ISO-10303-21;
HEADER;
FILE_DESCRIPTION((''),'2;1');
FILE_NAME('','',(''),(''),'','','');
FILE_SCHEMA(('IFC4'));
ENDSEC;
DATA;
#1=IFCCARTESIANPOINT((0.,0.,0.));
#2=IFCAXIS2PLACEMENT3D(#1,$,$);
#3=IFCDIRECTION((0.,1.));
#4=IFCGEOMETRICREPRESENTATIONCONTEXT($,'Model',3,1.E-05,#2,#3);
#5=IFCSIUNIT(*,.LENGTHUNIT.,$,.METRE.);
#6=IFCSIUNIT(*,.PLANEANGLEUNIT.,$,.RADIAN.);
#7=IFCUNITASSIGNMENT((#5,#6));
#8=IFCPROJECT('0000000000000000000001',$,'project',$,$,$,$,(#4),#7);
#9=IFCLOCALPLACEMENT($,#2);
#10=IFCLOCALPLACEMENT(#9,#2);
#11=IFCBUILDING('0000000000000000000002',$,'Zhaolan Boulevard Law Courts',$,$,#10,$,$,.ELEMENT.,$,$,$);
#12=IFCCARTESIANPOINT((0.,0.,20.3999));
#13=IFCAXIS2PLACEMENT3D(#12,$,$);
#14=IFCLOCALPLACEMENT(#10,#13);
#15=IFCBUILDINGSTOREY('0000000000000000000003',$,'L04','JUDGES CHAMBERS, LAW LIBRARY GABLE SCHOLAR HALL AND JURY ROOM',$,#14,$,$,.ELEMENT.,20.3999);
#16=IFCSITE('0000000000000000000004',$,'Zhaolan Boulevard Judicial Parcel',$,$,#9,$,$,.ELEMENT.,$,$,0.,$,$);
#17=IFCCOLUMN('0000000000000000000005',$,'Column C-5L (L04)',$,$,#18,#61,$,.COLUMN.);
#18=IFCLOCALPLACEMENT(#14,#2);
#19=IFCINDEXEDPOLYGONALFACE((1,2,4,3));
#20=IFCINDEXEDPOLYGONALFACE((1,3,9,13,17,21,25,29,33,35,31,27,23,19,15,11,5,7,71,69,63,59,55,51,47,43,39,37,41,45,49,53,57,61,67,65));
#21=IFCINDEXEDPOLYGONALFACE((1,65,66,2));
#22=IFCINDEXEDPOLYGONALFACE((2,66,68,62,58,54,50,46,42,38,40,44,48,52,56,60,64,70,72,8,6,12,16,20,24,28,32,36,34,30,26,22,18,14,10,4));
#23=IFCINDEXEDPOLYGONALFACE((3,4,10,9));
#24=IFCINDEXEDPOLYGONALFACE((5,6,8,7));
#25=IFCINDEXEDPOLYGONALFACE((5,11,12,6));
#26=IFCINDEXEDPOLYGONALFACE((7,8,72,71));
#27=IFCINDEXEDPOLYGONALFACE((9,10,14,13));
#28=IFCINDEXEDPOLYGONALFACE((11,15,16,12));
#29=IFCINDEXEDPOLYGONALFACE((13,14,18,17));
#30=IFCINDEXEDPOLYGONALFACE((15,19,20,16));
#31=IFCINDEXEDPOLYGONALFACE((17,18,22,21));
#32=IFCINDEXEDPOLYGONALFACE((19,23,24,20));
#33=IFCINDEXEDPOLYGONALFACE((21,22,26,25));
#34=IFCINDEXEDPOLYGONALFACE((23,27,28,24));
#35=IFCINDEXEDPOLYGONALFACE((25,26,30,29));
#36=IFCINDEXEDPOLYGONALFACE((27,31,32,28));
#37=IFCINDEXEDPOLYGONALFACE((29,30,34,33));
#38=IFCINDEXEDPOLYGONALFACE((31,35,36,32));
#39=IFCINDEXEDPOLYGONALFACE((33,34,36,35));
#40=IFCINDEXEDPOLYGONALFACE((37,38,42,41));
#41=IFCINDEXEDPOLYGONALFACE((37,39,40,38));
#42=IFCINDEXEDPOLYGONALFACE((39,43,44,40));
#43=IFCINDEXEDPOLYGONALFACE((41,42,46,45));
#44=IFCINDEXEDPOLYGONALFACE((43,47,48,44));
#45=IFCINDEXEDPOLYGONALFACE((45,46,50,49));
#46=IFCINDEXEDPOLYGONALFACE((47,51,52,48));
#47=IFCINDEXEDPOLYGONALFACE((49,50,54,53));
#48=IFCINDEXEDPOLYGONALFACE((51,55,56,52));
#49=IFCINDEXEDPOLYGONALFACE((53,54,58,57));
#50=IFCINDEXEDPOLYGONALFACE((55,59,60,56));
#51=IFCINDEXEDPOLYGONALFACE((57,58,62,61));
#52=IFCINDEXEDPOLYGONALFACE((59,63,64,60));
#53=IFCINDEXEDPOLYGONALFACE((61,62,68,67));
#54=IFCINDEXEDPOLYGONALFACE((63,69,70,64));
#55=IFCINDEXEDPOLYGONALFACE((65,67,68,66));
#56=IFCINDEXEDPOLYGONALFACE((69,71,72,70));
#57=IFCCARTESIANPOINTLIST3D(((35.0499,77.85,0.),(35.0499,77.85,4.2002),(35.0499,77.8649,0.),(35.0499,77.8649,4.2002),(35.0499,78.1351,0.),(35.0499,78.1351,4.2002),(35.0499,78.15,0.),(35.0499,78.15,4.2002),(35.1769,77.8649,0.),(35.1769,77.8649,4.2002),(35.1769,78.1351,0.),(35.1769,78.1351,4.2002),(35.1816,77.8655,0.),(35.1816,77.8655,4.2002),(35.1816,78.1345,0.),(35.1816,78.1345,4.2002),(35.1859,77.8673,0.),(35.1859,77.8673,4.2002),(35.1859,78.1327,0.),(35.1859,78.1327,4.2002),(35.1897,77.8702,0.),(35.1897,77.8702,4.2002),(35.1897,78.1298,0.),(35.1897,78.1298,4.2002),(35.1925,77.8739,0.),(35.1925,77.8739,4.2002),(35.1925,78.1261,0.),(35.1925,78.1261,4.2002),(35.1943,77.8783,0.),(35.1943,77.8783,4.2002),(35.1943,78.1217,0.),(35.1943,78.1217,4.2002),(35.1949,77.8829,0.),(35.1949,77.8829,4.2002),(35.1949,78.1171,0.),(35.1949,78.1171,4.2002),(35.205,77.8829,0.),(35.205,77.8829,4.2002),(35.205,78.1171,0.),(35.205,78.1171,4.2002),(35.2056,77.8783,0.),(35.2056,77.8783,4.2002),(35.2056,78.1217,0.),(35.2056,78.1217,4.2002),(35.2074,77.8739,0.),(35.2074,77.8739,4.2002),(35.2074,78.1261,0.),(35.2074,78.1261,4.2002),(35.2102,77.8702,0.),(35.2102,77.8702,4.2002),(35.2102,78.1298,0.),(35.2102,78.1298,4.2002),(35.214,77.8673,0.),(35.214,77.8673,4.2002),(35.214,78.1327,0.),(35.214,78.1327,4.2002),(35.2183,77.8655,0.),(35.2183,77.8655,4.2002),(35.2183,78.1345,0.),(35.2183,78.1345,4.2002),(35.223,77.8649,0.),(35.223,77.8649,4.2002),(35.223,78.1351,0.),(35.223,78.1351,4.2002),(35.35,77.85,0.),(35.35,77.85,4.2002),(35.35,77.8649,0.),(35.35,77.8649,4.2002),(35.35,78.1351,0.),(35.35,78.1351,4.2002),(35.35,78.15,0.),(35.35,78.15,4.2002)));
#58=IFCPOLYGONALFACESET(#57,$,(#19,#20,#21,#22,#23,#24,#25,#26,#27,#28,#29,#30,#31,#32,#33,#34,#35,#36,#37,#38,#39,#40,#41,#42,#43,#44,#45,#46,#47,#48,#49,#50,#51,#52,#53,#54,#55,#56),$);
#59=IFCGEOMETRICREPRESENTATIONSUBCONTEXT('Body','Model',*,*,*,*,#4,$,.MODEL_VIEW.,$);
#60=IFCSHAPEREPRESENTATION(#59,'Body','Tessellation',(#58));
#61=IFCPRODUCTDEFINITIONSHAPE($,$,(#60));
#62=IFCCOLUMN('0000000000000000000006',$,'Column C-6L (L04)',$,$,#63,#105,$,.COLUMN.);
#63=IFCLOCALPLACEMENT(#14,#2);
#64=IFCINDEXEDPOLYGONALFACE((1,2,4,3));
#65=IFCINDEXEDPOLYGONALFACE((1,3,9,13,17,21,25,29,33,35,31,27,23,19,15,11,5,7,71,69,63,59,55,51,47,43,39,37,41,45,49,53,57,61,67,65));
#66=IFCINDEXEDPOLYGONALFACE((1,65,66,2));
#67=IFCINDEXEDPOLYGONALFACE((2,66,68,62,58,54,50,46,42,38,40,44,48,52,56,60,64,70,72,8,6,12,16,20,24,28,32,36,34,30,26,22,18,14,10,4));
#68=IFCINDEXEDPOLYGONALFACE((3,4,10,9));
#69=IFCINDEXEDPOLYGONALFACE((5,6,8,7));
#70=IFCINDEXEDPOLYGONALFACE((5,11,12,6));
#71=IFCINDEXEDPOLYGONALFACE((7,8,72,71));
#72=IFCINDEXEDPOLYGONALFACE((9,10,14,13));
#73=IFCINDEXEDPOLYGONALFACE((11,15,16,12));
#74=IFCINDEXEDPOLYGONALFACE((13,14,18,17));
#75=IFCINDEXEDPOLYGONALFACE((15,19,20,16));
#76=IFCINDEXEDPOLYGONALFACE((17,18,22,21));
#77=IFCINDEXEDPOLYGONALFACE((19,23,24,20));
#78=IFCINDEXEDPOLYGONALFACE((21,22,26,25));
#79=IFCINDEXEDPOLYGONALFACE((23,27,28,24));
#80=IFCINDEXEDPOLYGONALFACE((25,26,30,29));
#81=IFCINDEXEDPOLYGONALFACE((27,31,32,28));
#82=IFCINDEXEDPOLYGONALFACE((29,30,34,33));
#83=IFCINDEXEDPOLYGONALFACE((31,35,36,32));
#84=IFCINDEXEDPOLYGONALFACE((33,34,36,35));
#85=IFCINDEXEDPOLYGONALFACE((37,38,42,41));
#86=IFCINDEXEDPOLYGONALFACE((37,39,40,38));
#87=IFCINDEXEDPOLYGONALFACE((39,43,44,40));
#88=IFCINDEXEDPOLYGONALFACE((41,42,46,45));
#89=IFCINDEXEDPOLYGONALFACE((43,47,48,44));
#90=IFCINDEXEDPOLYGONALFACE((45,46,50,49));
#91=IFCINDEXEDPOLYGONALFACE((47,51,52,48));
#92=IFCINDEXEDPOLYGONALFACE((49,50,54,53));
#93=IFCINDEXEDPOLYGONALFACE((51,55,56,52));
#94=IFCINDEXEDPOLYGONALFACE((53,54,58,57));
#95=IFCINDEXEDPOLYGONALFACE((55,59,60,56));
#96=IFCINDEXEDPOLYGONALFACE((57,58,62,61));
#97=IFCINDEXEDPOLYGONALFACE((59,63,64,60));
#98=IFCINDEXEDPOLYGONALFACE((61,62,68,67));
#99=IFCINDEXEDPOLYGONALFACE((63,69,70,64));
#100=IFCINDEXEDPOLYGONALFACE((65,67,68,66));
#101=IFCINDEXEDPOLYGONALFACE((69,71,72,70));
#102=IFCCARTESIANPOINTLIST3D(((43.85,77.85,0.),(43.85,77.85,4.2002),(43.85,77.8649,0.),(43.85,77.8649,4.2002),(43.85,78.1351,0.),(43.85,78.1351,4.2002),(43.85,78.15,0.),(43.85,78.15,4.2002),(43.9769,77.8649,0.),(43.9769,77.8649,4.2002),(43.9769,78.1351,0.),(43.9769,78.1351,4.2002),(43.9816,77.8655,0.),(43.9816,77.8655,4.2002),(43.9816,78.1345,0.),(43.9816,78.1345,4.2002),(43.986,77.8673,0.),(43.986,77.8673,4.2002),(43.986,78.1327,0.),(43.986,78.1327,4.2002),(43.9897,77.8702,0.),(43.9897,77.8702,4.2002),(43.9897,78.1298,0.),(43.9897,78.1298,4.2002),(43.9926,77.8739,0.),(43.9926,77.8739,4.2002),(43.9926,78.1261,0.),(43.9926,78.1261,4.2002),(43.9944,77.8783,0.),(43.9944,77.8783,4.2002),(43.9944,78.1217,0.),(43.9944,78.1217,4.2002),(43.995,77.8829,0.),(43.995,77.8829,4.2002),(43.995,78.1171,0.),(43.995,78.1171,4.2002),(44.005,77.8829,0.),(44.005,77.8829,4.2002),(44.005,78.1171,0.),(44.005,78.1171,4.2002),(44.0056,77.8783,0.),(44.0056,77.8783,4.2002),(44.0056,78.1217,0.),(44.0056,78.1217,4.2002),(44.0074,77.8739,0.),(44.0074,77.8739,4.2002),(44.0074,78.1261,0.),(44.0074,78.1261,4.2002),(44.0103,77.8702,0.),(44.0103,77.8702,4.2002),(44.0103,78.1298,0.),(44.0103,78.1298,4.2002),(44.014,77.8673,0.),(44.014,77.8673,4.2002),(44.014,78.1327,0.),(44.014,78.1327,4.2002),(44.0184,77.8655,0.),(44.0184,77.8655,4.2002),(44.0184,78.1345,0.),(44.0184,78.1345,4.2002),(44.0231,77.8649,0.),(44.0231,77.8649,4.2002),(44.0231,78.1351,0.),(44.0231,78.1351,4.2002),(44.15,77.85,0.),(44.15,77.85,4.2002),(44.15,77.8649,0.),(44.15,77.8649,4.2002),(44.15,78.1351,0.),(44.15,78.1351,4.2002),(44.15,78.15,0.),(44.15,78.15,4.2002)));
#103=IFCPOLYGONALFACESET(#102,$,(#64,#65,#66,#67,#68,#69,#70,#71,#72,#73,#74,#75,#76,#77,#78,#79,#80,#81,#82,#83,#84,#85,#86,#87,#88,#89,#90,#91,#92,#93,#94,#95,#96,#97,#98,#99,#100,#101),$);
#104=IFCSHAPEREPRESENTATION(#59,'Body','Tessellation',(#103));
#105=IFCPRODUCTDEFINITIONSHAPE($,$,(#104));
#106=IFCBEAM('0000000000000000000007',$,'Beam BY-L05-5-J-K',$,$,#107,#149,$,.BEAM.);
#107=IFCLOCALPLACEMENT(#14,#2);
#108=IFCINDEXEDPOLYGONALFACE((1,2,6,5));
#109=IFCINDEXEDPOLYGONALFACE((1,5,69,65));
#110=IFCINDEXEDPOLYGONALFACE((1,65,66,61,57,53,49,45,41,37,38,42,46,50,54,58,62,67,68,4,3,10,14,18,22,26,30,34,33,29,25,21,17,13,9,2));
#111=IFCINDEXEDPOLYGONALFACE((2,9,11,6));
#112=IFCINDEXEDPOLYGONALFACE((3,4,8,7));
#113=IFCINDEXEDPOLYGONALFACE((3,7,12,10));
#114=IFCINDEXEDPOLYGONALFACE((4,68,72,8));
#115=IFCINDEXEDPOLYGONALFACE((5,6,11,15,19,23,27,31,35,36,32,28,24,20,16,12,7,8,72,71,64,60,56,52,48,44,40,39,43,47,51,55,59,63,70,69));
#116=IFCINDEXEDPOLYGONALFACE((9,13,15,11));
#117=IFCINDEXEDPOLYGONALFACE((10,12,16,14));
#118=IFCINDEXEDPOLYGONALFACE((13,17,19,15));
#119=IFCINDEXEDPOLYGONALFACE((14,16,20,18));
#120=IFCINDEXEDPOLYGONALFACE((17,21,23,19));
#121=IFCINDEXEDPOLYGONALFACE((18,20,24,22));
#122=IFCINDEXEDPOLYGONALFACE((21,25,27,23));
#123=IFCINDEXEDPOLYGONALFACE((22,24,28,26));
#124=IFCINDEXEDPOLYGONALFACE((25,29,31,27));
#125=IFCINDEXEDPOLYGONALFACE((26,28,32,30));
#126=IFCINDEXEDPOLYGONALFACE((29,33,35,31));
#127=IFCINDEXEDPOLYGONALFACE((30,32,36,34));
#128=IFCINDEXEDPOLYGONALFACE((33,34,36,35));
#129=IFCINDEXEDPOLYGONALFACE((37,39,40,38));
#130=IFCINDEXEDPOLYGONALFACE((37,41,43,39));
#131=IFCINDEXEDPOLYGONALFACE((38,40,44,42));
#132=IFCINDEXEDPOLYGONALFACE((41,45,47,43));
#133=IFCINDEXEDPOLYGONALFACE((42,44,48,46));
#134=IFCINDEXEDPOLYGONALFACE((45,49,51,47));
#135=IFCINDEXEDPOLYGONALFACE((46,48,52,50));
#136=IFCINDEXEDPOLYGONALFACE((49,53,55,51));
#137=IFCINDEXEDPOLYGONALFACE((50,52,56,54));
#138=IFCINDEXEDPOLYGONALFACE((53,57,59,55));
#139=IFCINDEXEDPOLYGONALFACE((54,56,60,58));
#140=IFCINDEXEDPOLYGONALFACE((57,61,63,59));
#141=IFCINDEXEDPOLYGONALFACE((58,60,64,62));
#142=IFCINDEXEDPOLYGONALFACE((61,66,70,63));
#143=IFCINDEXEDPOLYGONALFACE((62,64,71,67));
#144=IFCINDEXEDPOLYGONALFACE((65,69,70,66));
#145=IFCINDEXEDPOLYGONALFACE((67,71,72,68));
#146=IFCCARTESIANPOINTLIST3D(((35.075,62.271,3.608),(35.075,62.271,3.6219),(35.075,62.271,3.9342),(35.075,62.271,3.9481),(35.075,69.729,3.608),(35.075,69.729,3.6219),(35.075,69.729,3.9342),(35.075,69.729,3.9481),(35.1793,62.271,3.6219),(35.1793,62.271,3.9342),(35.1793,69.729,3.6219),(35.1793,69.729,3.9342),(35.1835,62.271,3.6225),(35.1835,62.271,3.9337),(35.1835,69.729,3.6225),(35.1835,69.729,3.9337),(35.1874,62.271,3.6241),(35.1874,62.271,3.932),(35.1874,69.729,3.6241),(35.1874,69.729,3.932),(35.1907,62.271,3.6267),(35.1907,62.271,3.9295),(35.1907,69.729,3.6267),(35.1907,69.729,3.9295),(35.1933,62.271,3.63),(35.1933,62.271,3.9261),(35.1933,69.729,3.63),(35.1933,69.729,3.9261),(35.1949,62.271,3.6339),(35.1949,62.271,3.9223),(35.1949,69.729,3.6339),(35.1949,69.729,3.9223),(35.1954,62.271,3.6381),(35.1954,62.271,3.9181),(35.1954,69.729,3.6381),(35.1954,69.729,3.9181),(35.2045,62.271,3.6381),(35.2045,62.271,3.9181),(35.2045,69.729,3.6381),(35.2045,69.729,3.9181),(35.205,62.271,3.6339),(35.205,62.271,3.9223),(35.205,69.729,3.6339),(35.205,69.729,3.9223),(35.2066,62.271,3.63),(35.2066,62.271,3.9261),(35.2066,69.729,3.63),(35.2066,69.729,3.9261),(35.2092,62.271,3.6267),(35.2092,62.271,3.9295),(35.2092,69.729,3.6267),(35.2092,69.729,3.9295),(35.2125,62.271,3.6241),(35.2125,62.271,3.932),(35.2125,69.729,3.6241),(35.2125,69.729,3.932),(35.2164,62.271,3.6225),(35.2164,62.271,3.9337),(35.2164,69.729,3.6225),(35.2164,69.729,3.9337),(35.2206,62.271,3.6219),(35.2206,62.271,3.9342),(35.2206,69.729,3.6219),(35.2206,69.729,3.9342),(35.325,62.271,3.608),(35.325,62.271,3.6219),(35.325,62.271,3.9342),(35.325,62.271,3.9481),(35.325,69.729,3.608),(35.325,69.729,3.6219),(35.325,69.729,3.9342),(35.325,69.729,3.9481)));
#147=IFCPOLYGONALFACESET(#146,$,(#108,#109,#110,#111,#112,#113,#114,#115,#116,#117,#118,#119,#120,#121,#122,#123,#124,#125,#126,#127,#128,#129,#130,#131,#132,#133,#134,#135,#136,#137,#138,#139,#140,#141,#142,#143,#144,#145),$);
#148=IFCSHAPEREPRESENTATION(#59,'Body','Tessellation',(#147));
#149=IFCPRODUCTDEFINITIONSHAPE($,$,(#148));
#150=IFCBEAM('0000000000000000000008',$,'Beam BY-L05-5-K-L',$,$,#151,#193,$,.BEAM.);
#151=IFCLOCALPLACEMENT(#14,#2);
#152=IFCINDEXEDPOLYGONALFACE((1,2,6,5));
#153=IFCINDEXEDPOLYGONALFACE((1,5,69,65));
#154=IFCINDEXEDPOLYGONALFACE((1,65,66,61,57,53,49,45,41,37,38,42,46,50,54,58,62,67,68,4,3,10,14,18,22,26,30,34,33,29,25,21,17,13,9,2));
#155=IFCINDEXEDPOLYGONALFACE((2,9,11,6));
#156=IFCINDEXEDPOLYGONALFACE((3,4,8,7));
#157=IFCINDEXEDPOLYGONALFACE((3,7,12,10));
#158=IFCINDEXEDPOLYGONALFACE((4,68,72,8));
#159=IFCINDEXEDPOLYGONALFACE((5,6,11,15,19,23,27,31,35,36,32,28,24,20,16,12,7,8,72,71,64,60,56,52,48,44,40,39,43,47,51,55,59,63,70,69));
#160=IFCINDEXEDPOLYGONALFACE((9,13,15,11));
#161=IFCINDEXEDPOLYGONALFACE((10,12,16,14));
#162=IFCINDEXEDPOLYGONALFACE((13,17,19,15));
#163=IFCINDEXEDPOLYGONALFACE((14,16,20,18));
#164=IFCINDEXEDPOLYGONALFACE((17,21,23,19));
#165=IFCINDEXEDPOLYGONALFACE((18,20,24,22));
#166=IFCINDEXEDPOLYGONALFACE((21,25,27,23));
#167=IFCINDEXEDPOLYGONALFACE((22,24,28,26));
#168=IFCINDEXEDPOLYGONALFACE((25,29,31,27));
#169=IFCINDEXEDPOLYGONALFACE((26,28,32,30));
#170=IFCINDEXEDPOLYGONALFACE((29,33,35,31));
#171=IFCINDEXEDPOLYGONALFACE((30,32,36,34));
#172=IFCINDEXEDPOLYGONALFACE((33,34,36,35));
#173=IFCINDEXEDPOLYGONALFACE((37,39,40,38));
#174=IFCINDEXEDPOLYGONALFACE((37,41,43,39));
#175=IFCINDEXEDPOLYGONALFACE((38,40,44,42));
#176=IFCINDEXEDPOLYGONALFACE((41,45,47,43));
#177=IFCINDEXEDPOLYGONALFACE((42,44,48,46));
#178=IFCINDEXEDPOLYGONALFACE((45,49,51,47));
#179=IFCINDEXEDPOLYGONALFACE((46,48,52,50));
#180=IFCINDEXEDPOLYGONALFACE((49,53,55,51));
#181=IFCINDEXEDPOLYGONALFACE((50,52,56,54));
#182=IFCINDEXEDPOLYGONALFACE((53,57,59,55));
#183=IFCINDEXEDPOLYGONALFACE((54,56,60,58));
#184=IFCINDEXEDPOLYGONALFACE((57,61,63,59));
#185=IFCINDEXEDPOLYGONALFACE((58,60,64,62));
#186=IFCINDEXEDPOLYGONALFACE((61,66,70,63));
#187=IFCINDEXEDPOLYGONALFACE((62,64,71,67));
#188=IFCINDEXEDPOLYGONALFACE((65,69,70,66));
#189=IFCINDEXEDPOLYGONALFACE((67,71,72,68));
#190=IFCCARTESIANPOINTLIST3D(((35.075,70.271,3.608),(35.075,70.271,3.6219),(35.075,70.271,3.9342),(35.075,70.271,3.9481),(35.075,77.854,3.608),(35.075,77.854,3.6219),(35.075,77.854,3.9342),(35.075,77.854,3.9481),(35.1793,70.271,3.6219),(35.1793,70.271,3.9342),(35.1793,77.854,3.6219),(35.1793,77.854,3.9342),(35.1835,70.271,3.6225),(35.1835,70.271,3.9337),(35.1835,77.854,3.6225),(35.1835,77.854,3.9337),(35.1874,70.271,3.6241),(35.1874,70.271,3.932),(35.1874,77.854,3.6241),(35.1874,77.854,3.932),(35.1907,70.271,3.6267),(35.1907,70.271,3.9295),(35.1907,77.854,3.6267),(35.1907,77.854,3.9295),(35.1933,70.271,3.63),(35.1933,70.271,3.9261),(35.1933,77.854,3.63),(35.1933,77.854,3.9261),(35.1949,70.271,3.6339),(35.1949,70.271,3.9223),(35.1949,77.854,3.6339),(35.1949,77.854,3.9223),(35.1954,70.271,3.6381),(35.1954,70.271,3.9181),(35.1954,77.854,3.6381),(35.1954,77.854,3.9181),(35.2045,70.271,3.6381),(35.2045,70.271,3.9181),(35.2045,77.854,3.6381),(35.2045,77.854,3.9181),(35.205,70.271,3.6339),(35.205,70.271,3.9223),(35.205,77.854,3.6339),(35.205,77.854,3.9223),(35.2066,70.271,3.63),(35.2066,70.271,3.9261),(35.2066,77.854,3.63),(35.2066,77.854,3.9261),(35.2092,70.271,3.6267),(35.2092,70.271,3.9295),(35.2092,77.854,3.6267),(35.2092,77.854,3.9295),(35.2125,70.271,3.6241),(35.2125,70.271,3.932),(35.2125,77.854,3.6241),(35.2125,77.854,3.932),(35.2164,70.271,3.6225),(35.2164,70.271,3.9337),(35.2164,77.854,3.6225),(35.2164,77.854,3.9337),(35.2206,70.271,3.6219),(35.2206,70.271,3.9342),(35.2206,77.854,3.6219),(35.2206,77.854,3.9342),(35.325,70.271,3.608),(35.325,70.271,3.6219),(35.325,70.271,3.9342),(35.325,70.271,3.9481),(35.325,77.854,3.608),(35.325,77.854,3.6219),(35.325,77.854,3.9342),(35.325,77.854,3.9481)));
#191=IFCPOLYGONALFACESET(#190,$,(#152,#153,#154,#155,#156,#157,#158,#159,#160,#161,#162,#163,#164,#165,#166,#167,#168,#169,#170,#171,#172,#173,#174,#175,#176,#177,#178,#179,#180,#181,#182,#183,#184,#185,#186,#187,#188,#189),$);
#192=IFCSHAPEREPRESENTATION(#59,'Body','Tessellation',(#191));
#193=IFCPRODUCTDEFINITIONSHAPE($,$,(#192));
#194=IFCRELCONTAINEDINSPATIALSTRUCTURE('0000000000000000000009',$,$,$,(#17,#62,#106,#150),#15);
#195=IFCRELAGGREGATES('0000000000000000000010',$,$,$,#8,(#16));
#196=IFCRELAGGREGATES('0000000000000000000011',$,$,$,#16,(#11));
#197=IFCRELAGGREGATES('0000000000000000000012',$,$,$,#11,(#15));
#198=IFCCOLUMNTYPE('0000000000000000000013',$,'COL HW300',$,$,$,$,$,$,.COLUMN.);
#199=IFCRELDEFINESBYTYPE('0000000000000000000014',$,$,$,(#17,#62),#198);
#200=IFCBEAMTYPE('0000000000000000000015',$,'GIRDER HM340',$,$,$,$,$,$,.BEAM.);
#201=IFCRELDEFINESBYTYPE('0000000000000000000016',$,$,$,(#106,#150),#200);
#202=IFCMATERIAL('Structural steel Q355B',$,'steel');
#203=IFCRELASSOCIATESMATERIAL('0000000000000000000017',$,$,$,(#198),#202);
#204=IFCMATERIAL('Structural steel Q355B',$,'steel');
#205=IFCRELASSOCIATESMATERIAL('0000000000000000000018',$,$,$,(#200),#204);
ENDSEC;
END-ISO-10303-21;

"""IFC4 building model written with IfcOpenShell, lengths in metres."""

from ifc_helpers import new_model, si_unit, direction, frame, origin, origin_2d, place, context, subcontext, project, spatial, i_section, extrude, material, material_profile, profile_set, type_object, element, save


model = new_model("IFC4")

# Units and contexts
model_context = context("Model", 3, precision=1e-05, world=origin(), true_north=direction((0.0, 1.0)))
body_context = subcontext(model_context, "Body", "Model", "MODEL_VIEW")
ifc_project = project(units=[si_unit("LENGTHUNIT", "METRE"), si_unit("PLANEANGLEUNIT", "RADIAN")], contexts=[model_context])

# Site, building, storey
site_placement = place(None, origin())
site = spatial("IfcSite", under=ifc_project, at=site_placement, Name="Zhaolan Boulevard Judicial Parcel", CompositionType="ELEMENT", RefElevation=0.0)
building_placement = place(site_placement, origin())
building = spatial("IfcBuilding", under=site, at=building_placement, Name="Zhaolan Boulevard Law Courts", CompositionType="ELEMENT")
storey_placement = place(building_placement, frame((0.0, 0.0, 20.3999)))
storey = spatial("IfcBuildingStorey", under=building, at=storey_placement, Name="L04", Description="JUDGES CHAMBERS, LAW LIBRARY GABLE SCHOLAR HALL AND JURY ROOM", CompositionType="ELEMENT", Elevation=20.3999)

# Columns
ifc_material_1 = material(Name="Structural steel Q355B", Category="steel")
ifc_material_profile_1 = material_profile(ifc_material_1, i_section(OverallWidth=0.3, OverallDepth=0.3, WebThickness=0.01, FlangeThickness=0.0149, FilletRadius=0.0181, at=origin_2d()), Name="HW300x300")
ifc_profile_set_1 = profile_set([ifc_material_profile_1], Name="Structural steel Q355B")
column_type_1 = type_object("IfcColumnType", Name="COL HW300", PredefinedType="COLUMN", material=ifc_profile_set_1)
for number, where, z_axis, x_axis, name in (
    (1, (35.2, 78.0, 0.0), (0.0, 0.0, 1.0), (1.0, 0.0, 0.0), "Column C-5L (L04)"),
    (2, (44.0, 78.0, 0.0), (0.0, 0.0, 1.0), (1.0, 0.0, 0.0), "Column C-6L (L04)"),
):
    element("IfcColumn", number, at=place(storey_placement, frame(where, z_axis=z_axis, x_axis=x_axis)), inside=storey, type_object=column_type_1, Name=name, PredefinedType="COLUMN", context=body_context, shape_type="SweptSolid", body=[
        extrude(i_section(OverallWidth=0.3, OverallDepth=0.3, WebThickness=0.01, FlangeThickness=0.0149, FilletRadius=0.0181, at=origin_2d()), origin(), (0.0, 0.0, 1.0), 4.2002),
    ])

# Beams
ifc_material_2 = material(Name="Structural steel Q355B", Category="steel")
ifc_material_profile_2 = material_profile(ifc_material_2, i_section(OverallWidth=0.25, OverallDepth=0.3401, WebThickness=0.009, FlangeThickness=0.0139, FilletRadius=0.0161, at=origin_2d()), Name="HM340x250")
ifc_profile_set_2 = profile_set([ifc_material_profile_2], Name="Structural steel Q355B")
beam_type_1 = type_object("IfcBeamType", Name="GIRDER HM340", PredefinedType="BEAM", material=ifc_profile_set_2)
beam_1_placement = place(storey_placement, frame((35.2, 62.271, 3.7781), z_axis=(0.0, 1.0, 0.0), x_axis=(-1.0, 0.0, 0.0)))
element("IfcBeam", 3, at=beam_1_placement, inside=storey, type_object=beam_type_1, Name="Beam BY-L05-5-J-K", PredefinedType="BEAM", context=body_context, shape_type="SweptSolid", body=[
    extrude(i_section(OverallWidth=0.25, OverallDepth=0.3401, WebThickness=0.009, FlangeThickness=0.0139, FilletRadius=0.0161, at=origin_2d()), origin(), (0.0, 0.0, 1.0), 7.458),
])
beam_2_placement = place(storey_placement, frame((35.2, 70.271, 3.7781), z_axis=(0.0, 1.0, 0.0), x_axis=(-1.0, 0.0, 0.0)))
element("IfcBeam", 4, at=beam_2_placement, inside=storey, type_object=beam_type_1, Name="Beam BY-L05-5-K-L", PredefinedType="BEAM", context=body_context, shape_type="SweptSolid", body=[
    extrude(i_section(OverallWidth=0.25, OverallDepth=0.3401, WebThickness=0.009, FlangeThickness=0.0139, FilletRadius=0.0161, at=origin_2d()), origin(), (0.0, 0.0, 1.0), 7.583),
])

save(model, "model.ifc")
